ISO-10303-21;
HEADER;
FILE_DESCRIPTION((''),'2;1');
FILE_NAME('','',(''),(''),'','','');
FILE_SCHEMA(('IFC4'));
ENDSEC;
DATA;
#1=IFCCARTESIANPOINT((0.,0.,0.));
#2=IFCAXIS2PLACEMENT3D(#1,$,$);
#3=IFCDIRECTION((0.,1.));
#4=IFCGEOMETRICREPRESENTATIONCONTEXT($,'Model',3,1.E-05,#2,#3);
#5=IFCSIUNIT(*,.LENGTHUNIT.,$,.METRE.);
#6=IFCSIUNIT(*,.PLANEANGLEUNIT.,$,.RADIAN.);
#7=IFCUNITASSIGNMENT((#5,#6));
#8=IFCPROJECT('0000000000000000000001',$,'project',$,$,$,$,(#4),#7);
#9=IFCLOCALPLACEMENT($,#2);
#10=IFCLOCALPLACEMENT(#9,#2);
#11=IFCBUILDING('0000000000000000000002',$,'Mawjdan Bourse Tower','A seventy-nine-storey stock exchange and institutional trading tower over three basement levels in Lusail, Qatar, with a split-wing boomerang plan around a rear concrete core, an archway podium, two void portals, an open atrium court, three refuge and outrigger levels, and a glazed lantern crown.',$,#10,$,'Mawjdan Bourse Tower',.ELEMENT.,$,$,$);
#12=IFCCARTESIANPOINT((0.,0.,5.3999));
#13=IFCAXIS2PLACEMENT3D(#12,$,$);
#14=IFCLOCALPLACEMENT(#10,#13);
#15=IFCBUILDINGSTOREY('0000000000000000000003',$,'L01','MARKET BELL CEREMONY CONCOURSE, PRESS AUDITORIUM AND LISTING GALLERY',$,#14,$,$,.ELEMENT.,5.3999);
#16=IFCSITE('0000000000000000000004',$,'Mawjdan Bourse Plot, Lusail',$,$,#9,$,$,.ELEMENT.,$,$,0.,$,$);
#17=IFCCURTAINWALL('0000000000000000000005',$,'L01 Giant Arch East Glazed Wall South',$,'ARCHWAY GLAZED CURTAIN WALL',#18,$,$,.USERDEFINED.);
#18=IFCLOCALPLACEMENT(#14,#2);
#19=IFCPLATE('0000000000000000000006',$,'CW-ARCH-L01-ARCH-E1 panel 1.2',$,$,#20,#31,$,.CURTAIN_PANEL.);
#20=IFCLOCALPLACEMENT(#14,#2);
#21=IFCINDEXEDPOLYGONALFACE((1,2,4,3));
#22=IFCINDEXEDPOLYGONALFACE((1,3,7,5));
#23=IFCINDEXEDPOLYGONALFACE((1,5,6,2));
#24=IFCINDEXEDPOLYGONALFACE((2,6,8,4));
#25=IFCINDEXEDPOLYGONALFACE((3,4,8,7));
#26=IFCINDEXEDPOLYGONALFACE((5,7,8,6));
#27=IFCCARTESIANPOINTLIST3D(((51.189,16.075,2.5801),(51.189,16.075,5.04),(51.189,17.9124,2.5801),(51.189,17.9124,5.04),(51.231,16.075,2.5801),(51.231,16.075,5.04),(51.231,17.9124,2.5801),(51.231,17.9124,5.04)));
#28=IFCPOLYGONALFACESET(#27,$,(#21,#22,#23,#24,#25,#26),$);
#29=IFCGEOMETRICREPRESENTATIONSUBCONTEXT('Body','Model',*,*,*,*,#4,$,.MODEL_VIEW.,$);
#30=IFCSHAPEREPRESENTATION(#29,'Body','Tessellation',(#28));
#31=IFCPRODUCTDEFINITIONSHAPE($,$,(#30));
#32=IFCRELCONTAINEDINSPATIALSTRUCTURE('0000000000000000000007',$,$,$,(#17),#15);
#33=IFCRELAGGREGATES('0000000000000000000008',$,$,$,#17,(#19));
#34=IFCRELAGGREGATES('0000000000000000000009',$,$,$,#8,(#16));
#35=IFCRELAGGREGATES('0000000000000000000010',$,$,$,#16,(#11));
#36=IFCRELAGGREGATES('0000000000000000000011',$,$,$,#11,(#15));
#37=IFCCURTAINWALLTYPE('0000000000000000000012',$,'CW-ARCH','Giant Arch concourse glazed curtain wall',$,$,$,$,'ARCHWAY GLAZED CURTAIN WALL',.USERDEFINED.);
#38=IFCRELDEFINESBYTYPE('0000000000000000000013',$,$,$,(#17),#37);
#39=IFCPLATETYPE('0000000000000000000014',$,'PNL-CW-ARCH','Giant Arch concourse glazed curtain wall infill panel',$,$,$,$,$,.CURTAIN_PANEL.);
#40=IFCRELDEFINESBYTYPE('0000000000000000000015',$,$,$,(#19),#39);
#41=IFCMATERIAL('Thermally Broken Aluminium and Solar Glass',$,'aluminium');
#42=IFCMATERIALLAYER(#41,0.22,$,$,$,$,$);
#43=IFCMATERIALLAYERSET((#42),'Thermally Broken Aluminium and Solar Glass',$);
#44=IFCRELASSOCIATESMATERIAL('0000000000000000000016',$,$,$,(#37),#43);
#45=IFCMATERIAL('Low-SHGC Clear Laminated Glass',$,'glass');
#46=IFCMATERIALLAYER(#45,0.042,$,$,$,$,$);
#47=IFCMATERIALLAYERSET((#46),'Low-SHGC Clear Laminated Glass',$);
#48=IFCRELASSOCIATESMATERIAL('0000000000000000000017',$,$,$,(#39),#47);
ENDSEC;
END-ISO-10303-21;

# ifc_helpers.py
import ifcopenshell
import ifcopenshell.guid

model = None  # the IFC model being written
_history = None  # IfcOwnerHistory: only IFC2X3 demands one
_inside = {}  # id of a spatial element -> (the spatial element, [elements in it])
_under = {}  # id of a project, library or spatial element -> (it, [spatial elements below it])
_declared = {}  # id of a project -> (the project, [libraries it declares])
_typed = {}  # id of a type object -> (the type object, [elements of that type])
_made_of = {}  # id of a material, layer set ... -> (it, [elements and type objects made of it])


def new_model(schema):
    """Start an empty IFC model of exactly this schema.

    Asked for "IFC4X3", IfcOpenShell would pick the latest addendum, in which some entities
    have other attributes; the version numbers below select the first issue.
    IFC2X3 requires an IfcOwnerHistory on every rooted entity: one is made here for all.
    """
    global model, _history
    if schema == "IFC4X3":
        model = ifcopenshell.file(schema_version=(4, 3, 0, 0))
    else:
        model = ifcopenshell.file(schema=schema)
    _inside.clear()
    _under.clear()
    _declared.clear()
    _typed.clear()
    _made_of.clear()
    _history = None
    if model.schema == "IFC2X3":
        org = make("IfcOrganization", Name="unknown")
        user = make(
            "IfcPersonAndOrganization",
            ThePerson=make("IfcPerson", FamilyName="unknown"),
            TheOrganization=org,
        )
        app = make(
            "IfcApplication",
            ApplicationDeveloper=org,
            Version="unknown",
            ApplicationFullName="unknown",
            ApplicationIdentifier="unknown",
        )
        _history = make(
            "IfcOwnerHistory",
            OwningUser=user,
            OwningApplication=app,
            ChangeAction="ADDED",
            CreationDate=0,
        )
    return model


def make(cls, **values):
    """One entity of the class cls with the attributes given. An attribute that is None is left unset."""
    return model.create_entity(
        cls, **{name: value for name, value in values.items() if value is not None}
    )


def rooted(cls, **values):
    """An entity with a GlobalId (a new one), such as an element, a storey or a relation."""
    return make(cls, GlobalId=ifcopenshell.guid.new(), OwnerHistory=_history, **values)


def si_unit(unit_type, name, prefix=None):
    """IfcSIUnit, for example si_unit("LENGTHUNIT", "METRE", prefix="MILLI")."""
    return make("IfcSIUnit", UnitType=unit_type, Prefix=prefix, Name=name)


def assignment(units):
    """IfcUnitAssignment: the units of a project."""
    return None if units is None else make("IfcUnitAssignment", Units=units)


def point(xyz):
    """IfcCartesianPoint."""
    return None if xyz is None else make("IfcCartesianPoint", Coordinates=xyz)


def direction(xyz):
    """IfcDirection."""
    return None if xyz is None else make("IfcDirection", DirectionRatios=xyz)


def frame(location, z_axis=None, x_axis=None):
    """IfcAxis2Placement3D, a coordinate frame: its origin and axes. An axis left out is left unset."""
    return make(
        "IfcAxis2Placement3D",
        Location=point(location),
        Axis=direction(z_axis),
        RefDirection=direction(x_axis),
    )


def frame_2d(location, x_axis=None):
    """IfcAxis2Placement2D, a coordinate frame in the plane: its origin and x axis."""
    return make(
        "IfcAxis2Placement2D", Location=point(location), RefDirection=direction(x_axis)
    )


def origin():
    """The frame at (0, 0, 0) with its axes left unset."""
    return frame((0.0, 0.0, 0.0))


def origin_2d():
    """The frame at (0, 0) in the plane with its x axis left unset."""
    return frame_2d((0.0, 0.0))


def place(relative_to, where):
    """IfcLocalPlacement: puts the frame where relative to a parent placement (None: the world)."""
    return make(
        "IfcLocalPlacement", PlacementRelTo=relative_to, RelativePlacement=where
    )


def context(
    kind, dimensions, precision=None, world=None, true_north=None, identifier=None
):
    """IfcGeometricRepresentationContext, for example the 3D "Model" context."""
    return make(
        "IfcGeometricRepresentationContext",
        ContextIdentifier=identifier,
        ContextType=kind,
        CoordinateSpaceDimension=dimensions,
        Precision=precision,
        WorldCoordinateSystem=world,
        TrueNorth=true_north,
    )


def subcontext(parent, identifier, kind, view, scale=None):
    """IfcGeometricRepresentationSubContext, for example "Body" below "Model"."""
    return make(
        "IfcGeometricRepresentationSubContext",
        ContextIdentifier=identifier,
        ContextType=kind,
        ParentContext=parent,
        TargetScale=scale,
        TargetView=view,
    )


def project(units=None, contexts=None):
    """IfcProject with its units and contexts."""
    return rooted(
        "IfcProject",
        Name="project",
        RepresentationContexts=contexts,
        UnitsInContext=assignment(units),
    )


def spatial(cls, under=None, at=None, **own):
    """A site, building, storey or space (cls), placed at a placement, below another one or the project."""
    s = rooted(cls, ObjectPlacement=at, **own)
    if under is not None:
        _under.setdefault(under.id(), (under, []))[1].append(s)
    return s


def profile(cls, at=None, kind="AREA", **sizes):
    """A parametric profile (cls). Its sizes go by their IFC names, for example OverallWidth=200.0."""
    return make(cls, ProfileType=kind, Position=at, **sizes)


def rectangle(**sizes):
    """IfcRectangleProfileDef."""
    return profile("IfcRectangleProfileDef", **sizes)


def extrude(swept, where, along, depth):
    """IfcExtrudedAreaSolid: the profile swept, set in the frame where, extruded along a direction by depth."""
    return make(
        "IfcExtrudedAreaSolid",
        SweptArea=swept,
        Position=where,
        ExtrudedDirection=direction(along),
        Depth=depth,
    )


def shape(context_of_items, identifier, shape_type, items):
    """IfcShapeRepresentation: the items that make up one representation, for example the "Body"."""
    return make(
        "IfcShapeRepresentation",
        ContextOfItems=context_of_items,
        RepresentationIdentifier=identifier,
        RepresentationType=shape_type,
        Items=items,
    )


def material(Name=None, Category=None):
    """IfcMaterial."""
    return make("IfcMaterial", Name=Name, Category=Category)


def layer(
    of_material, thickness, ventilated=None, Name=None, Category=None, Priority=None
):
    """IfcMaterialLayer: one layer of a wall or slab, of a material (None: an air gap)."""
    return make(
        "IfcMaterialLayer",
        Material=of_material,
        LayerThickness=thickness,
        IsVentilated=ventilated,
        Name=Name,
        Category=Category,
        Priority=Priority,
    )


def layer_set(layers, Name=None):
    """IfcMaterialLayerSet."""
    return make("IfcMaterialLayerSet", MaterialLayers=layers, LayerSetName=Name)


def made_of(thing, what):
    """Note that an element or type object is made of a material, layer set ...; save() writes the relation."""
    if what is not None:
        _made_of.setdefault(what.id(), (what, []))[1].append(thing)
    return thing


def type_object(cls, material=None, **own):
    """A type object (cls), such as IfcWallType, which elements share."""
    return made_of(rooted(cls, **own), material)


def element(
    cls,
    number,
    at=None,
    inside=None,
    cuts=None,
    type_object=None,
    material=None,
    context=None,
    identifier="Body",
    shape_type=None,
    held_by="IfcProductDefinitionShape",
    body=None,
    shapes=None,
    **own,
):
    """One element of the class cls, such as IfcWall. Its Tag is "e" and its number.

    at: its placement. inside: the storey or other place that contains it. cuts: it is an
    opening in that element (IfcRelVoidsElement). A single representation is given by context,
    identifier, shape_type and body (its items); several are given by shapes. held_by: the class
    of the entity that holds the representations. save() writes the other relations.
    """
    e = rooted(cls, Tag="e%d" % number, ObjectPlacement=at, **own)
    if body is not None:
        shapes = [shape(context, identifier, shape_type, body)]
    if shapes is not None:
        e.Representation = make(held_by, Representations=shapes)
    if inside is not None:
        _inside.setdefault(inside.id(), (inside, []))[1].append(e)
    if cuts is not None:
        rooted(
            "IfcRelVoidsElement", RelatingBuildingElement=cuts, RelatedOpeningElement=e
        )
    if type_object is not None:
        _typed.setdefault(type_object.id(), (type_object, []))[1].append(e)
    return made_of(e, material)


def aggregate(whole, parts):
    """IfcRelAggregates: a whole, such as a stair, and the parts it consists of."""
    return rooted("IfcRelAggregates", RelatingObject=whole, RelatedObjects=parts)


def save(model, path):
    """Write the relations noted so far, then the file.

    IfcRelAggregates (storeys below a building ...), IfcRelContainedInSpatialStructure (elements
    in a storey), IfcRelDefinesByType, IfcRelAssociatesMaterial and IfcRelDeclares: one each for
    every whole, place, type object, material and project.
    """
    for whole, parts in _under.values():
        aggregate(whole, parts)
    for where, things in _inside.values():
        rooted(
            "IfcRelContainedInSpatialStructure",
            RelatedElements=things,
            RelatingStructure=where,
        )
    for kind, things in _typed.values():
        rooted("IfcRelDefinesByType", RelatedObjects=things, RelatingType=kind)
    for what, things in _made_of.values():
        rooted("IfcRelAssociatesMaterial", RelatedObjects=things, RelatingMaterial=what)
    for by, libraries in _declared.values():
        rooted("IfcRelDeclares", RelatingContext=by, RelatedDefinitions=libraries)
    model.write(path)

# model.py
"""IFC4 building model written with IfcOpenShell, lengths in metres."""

from ifc_helpers import new_model, si_unit, direction, frame, origin, origin_2d, place, context, subcontext, project, spatial, rectangle, extrude, material, layer, layer_set, type_object, element, aggregate, save


model = new_model("IFC4")

# Units and contexts
model_context = context("Model", 3, precision=1e-05, world=origin(), true_north=direction((0.0, 1.0)))
body_context = subcontext(model_context, "Body", "Model", "MODEL_VIEW")
ifc_project = project(units=[si_unit("LENGTHUNIT", "METRE"), si_unit("PLANEANGLEUNIT", "RADIAN")], contexts=[model_context])

# Site, building, storey
site_placement = place(None, origin())
site = spatial("IfcSite", under=ifc_project, at=site_placement, Name="Mawjdan Bourse Plot, Lusail", CompositionType="ELEMENT", RefElevation=0.0)
building_placement = place(site_placement, origin())
building = spatial("IfcBuilding", under=site, at=building_placement, Name="Mawjdan Bourse Tower", Description="A seventy-nine-storey stock exchange and institutional trading tower over three basement levels in Lusail, Qatar, with a split-wing boomerang plan around a rear concrete core, an archway podium, two void portals, an open atrium court, three refuge and outrigger levels, and a glazed lantern crown.", LongName="Mawjdan Bourse Tower", CompositionType="ELEMENT")
storey_placement = place(building_placement, frame((0.0, 0.0, 5.3999)))
storey = spatial("IfcBuildingStorey", under=building, at=storey_placement, Name="L01", Description="MARKET BELL CEREMONY CONCOURSE, PRESS AUDITORIUM AND LISTING GALLERY", CompositionType="ELEMENT", Elevation=5.3999)

# Shared definitions
ifc_material_1 = material(Name="Thermally Broken Aluminium and Solar Glass", Category="aluminium")
ifc_layer_1 = layer(ifc_material_1, 0.22)
ifc_layer_set_1 = layer_set([ifc_layer_1], Name="Thermally Broken Aluminium and Solar Glass")
curtain_wall_type = type_object("IfcCurtainWallType", Name="CW-ARCH", Description="Giant Arch concourse glazed curtain wall", ElementType="ARCHWAY GLAZED CURTAIN WALL", PredefinedType="USERDEFINED", material=ifc_layer_set_1)

# Curtain wall
curtain_wall_1_placement = place(storey_placement, origin())
curtain_wall_1 = element("IfcCurtainWall", 1, at=curtain_wall_1_placement, inside=storey, type_object=curtain_wall_type, Name="L01 Giant Arch East Glazed Wall South", ObjectType="ARCHWAY GLAZED CURTAIN WALL", PredefinedType="USERDEFINED")

# Plate
ifc_material_2 = material(Name="Low-SHGC Clear Laminated Glass", Category="glass")
ifc_layer_2 = layer(ifc_material_2, 0.042)
ifc_layer_set_2 = layer_set([ifc_layer_2], Name="Low-SHGC Clear Laminated Glass")
plate_type = type_object("IfcPlateType", Name="PNL-CW-ARCH", Description="Giant Arch concourse glazed curtain wall infill panel", PredefinedType="CURTAIN_PANEL", material=ifc_layer_set_2)
plate_1_placement = place(storey_placement, frame((51.21, 16.9937, 2.5801), z_axis=(0.0, 0.0, 1.0), x_axis=(0.0, 1.0, 0.0)))
plate_1 = element("IfcPlate", 2, at=plate_1_placement, type_object=plate_type, Name="CW-ARCH-L01-ARCH-E1 panel 1.2", PredefinedType="CURTAIN_PANEL", context=body_context, shape_type="SweptSolid", body=[
    extrude(rectangle(XDim=1.8374, YDim=0.042, at=origin_2d()), origin(), (0.0, 0.0, 1.0), 2.46),
])
aggregate(curtain_wall_1, [plate_1])

save(model, "model.ifc")
